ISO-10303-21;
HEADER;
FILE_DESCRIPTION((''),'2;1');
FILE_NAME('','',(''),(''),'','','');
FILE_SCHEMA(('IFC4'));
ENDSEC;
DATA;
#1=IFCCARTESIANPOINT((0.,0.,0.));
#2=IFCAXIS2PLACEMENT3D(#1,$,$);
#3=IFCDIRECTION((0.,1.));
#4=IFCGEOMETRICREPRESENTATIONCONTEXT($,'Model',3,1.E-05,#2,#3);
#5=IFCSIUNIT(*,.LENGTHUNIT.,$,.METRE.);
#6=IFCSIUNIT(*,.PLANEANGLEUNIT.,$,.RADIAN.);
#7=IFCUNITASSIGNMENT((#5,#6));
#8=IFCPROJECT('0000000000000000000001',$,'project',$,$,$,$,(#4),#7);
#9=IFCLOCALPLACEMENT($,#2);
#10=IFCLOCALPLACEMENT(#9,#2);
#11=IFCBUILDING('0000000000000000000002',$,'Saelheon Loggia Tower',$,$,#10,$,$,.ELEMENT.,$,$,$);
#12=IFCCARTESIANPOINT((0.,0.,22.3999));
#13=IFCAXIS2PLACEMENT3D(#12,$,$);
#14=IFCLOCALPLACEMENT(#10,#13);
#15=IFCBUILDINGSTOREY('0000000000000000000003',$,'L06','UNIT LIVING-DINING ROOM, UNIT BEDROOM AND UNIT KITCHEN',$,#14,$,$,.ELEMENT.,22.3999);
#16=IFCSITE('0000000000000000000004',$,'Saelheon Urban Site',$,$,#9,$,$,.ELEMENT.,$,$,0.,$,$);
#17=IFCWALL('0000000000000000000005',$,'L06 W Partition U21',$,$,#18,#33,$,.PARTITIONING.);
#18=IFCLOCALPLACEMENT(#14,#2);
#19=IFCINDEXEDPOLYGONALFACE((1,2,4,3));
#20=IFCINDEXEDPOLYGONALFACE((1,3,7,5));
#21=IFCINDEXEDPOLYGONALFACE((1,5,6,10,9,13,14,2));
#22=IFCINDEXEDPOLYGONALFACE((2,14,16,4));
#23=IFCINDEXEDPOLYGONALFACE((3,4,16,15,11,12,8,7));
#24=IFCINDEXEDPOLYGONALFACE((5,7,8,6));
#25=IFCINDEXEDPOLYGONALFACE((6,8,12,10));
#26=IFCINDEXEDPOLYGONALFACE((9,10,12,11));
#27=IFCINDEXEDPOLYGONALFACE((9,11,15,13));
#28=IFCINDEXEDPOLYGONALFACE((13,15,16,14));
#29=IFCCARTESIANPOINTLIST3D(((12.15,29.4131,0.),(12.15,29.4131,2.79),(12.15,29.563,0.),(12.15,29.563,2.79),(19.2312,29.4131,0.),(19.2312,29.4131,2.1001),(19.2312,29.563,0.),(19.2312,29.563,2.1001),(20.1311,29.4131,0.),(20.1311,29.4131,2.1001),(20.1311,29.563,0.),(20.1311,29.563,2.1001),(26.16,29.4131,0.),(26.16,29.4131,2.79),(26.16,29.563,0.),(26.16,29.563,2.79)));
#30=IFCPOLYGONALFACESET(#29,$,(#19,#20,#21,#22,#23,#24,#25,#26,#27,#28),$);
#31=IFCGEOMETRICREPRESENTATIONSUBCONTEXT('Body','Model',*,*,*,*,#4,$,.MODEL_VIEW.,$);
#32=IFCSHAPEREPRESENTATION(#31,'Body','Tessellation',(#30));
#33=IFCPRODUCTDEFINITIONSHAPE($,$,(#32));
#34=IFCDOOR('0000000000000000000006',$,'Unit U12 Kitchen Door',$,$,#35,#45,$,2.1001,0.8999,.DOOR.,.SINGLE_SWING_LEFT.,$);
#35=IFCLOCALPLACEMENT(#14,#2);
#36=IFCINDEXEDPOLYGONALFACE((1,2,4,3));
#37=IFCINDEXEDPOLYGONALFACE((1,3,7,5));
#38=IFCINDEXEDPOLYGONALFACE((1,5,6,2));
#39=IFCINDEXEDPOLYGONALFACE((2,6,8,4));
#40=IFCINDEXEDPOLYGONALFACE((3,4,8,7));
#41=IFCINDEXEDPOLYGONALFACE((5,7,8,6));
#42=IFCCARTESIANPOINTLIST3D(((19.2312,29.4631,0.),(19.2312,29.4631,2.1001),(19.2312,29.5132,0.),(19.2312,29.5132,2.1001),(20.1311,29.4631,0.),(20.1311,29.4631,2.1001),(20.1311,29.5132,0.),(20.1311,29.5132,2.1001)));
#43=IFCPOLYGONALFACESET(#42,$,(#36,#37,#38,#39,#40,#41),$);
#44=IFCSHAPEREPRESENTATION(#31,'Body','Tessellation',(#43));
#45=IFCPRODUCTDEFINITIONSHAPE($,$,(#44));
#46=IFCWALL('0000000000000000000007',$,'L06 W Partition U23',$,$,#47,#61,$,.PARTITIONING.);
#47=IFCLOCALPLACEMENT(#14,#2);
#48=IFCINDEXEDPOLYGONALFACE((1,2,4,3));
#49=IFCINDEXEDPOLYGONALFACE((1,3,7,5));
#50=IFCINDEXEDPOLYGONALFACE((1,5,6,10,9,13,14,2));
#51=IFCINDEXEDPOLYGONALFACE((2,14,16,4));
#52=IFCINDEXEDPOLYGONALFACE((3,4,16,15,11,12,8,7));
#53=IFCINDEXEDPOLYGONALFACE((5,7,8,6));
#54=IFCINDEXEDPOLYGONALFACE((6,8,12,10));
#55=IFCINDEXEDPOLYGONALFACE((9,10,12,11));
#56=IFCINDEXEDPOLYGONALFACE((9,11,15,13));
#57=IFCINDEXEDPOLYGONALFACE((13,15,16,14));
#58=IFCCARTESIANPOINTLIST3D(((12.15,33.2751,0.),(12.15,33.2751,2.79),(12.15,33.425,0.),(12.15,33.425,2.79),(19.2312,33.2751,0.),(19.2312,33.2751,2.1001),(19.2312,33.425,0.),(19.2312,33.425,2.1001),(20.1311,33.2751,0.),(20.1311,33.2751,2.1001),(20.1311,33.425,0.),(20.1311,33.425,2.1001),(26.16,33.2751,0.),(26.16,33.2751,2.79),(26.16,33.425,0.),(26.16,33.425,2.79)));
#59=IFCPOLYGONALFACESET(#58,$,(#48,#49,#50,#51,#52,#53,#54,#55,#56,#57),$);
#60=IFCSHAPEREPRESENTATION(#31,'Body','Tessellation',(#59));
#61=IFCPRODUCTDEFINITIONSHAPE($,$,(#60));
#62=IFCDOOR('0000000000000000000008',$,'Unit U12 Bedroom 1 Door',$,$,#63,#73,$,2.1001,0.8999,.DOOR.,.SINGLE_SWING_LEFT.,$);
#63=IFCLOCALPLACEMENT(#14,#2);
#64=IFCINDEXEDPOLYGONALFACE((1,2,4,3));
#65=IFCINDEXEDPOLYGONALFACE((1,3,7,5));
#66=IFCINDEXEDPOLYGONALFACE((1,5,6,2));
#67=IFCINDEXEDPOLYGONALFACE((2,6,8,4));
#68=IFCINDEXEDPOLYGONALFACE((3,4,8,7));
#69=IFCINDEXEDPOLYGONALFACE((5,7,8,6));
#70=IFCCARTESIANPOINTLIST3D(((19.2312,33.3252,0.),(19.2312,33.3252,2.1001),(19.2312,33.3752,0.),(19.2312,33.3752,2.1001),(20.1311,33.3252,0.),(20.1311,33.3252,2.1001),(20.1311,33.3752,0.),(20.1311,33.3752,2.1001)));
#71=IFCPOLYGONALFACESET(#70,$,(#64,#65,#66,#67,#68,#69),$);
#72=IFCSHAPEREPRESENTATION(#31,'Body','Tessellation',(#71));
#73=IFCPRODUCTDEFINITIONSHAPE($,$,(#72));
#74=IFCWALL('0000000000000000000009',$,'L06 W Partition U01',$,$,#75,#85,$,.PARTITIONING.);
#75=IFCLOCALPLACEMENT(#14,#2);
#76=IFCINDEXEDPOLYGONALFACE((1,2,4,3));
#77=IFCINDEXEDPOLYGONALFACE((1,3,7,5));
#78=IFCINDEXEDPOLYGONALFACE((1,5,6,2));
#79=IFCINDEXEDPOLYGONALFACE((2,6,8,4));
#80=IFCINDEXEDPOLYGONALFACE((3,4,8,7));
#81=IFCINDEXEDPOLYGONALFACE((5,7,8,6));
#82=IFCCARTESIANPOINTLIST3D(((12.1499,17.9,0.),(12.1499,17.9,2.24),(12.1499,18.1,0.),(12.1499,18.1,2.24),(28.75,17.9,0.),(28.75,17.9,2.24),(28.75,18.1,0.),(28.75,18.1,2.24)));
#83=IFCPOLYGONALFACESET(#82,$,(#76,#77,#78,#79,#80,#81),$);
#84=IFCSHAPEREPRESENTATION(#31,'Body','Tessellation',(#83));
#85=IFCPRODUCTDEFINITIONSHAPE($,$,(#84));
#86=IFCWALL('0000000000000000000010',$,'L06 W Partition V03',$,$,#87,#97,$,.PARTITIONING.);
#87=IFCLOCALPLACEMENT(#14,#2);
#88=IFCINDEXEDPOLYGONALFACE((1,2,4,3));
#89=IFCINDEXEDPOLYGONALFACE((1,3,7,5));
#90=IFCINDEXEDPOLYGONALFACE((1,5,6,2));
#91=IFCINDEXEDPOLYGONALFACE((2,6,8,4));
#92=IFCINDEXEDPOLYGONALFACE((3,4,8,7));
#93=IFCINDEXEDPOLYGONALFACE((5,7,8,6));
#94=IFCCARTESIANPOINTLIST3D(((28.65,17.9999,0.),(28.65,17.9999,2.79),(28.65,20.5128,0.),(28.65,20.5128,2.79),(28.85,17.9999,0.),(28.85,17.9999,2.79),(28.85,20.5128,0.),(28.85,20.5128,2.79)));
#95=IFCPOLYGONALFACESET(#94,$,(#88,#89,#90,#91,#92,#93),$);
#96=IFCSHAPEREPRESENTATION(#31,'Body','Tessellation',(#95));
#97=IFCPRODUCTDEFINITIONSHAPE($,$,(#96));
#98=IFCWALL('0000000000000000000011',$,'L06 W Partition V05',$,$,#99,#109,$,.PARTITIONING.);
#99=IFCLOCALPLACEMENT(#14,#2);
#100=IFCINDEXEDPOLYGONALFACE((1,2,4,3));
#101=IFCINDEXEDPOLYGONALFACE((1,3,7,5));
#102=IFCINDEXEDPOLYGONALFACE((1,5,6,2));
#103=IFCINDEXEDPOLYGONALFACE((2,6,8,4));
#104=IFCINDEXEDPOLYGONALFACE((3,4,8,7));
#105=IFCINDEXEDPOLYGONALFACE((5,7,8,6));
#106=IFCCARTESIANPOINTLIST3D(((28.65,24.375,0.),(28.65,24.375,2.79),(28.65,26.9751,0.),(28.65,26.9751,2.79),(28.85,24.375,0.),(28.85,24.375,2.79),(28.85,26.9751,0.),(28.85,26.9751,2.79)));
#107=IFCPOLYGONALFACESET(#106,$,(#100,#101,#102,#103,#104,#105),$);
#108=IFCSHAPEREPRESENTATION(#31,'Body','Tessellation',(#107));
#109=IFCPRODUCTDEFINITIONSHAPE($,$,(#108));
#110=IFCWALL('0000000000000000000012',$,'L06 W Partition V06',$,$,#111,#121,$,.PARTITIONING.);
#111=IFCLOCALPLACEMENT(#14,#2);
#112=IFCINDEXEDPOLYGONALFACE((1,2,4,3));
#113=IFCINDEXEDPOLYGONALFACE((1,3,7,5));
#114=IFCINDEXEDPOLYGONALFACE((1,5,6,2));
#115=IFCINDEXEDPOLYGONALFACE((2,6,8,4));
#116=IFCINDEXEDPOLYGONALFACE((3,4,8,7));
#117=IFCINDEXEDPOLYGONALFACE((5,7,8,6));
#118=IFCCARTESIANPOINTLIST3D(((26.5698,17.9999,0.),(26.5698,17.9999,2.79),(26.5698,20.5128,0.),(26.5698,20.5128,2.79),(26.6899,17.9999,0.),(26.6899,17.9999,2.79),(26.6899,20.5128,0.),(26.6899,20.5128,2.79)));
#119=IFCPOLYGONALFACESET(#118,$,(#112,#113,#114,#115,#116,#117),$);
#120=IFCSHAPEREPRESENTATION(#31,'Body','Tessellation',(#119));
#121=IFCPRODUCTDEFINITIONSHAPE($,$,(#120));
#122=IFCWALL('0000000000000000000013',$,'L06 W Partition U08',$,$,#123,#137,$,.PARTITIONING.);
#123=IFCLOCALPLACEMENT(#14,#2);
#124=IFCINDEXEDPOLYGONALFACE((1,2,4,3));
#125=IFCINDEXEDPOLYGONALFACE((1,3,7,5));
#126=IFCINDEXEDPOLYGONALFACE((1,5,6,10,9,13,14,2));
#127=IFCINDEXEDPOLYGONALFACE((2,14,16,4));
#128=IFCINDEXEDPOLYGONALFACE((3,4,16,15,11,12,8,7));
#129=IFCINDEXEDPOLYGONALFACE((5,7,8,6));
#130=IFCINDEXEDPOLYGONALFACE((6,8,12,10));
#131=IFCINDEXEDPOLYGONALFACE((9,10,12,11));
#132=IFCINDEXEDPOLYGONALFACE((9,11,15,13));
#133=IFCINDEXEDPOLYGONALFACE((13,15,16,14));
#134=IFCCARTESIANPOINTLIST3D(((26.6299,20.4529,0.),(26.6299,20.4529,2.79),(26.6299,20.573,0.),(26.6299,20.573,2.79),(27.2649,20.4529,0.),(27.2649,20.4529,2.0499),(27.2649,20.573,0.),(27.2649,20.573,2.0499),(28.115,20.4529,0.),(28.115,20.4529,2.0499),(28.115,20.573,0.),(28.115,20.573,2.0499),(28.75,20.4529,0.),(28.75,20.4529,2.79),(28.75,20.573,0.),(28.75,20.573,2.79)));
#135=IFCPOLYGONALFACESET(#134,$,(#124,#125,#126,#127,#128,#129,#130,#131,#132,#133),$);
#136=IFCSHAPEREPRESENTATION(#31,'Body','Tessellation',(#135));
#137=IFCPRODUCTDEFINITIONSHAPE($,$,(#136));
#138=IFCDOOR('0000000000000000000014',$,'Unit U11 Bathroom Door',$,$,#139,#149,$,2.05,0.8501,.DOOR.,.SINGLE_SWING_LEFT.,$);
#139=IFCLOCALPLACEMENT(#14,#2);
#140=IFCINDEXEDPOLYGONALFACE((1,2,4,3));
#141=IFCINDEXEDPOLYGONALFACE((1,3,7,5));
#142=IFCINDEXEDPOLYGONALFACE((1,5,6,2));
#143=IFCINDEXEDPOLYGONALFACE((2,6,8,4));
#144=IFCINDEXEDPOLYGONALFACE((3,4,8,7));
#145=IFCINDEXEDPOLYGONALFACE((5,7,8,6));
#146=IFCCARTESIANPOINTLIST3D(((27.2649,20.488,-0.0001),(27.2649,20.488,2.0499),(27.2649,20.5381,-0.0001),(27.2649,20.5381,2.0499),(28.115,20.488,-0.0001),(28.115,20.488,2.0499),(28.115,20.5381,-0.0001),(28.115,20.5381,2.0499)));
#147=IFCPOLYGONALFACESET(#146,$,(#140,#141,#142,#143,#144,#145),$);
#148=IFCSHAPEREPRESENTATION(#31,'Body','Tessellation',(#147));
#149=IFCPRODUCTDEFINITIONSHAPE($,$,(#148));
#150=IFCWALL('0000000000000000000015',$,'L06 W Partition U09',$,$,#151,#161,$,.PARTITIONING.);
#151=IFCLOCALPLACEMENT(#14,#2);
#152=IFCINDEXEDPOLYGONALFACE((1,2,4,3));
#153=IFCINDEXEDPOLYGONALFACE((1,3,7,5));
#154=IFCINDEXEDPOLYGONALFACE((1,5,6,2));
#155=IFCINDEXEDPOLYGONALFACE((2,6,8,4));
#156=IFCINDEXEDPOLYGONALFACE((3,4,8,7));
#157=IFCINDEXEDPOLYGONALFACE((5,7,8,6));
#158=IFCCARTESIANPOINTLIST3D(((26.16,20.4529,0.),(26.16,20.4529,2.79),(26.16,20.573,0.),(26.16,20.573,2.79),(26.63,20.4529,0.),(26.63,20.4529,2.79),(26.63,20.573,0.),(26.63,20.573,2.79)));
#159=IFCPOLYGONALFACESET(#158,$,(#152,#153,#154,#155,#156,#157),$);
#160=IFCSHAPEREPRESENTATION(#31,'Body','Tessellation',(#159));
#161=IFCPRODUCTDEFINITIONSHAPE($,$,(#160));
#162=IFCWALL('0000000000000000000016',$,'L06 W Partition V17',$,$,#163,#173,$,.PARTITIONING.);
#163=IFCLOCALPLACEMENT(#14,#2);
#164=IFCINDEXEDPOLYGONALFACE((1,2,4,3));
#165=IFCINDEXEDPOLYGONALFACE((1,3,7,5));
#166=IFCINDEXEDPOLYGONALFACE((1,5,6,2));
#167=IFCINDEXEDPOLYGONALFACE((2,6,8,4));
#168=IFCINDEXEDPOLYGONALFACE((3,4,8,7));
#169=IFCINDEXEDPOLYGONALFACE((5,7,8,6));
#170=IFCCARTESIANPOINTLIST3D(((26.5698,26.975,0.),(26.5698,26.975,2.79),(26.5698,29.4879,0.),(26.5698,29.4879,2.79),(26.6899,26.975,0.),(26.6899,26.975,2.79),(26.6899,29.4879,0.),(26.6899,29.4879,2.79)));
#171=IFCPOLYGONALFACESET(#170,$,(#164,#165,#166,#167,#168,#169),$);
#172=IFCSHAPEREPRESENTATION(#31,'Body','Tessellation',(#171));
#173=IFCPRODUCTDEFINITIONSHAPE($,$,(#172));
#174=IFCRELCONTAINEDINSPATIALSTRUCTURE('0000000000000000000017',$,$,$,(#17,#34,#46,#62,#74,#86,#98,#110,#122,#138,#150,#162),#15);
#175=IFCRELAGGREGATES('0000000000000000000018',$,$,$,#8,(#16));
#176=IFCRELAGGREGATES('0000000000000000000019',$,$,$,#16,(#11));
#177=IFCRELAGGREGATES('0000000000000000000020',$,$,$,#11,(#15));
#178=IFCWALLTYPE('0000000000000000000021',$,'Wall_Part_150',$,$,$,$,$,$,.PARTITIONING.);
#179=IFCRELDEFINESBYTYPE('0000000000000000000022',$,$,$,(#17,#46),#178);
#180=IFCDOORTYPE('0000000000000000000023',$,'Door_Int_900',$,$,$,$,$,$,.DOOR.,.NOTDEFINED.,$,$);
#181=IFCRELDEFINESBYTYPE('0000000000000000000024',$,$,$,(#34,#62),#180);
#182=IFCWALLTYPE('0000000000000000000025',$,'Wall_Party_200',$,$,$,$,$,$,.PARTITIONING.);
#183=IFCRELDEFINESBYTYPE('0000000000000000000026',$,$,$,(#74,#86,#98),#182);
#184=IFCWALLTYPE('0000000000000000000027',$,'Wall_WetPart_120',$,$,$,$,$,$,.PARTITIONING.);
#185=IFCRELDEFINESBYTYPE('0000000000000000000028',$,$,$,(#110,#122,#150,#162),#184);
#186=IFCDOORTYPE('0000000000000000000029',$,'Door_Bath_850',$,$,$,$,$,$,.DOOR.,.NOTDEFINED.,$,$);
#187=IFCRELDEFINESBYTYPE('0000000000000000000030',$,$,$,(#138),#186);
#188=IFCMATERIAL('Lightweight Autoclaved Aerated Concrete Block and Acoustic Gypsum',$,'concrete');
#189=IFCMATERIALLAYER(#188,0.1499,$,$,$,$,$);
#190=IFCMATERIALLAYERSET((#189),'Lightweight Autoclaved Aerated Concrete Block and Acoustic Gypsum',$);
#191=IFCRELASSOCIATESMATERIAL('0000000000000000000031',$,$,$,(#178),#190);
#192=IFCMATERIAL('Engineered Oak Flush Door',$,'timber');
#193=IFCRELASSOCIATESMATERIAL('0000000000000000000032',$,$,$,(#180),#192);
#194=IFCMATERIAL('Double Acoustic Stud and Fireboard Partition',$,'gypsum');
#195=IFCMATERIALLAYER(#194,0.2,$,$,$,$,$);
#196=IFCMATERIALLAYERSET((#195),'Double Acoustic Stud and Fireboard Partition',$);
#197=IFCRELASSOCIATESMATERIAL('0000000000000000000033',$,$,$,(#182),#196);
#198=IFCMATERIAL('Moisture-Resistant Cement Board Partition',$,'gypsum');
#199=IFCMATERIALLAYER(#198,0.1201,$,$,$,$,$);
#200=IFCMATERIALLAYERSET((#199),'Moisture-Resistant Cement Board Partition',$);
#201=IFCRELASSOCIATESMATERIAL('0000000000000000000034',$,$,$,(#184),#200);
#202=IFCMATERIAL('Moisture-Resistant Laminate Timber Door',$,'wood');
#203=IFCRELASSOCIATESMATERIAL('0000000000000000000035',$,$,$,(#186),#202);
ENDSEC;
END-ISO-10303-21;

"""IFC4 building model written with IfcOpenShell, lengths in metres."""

from ifc_helpers import new_model, si_unit, direction, frame, frame_2d, origin, place, context, subcontext, project, spatial, rectangle, extrude, source, transform, mapped, material, layer, layer_set, type_object, element, fill, save


model = new_model("IFC4")

# Units and contexts
model_context = context("Model", 3, precision=1e-05, world=origin(), true_north=direction((0.0, 1.0)))
body_context = subcontext(model_context, "Body", "Model", "MODEL_VIEW")
ifc_project = project(units=[si_unit("LENGTHUNIT", "METRE"), si_unit("PLANEANGLEUNIT", "RADIAN")], contexts=[model_context])

# Site, building, storey
site_placement = place(None, origin())
site = spatial("IfcSite", under=ifc_project, at=site_placement, Name="Saelheon Urban Site", CompositionType="ELEMENT", RefElevation=0.0)
building_placement = place(site_placement, origin())
building = spatial("IfcBuilding", under=site, at=building_placement, Name="Saelheon Loggia Tower", CompositionType="ELEMENT")
storey_placement = place(building_placement, frame((0.0, 0.0, 22.3999)))
storey = spatial("IfcBuildingStorey", under=building, at=storey_placement, Name="L06", Description="UNIT LIVING-DINING ROOM, UNIT BEDROOM AND UNIT KITCHEN", CompositionType="ELEMENT", Elevation=22.3999)

# Shared definitions
ifc_material_1 = material(Name="Lightweight Autoclaved Aerated Concrete Block and Acoustic Gypsum", Category="concrete")
ifc_layer_1 = layer(ifc_material_1, 0.1499)
ifc_layer_set_1 = layer_set([ifc_layer_1], Name="Lightweight Autoclaved Aerated Concrete Block and Acoustic Gypsum")
wall_type_1 = type_object("IfcWallType", Name="Wall_Part_150", PredefinedType="PARTITIONING", material=ifc_layer_set_1)

# Shared definitions
ifc_material_2 = material(Name="Engineered Oak Flush Door", Category="timber")
door_type_1 = type_object("IfcDoorType", Name="Door_Int_900", OperationType="NOTDEFINED", PredefinedType="DOOR", material=ifc_material_2)
shared_shape_1 = source(origin(), body_context, "Body", "SweptSolid", [
    extrude(rectangle(XDim=0.8999, YDim=2.1001, at=frame_2d((0.45, 1.05))), frame((0.0, 0.0249, 0.0), z_axis=(0.0, -1.0, 0.0), x_axis=(1.0, 0.0, 0.0)), (0.0, 0.0, 1.0), 0.05),
])

# Walls, openings, doors
wall_1_placement = place(storey_placement, frame((26.1599, 29.488, 0.0), z_axis=(0.0, 0.0, 1.0), x_axis=(-1.0, 0.0, 0.0)))
wall_1 = element("IfcWall", 1, at=wall_1_placement, inside=storey, type_object=wall_type_1, Name="L06 W Partition U21", PredefinedType="PARTITIONING", context=body_context, shape_type="SweptSolid", body=[
    extrude(rectangle(XDim=14.01, YDim=0.1499, at=frame_2d((7.0049, 0.0))), origin(), (0.0, 0.0, 1.0), 2.79),
])
opening_1_placement = place(wall_1_placement, frame((6.0288, 0.0, 0.0)))
opening_1 = element("IfcOpeningElement", 2, at=opening_1_placement, cuts=wall_1, PredefinedType="OPENING", context=body_context, shape_type="SweptSolid", body=[
    extrude(rectangle(XDim=0.8999, YDim=2.1001, at=frame_2d((0.45, 1.05))), frame((0.0, 0.0869, 0.0), z_axis=(0.0, -1.0, 0.0), x_axis=(1.0, 0.0, 0.0)), (0.0, 0.0, 1.0), 0.1738),
])
door_1_placement = place(opening_1_placement, origin())
door_1 = element("IfcDoor", 3, at=door_1_placement, inside=storey, type_object=door_type_1, Name="Unit U12 Kitchen Door", OperationType="SINGLE_SWING_LEFT", OverallHeight=2.1001, OverallWidth=0.8999, PredefinedType="DOOR", context=body_context, shape_type="MappedRepresentation", body=[
    mapped(shared_shape_1, transform((0.0, 0.0, 0.0), scale=1.0)),
])
fill(opening_1, door_1)
wall_2_placement = place(storey_placement, frame((26.1599, 33.3501, 0.0), z_axis=(0.0, 0.0, 1.0), x_axis=(-1.0, 0.0, 0.0)))
wall_2 = element("IfcWall", 4, at=wall_2_placement, inside=storey, type_object=wall_type_1, Name="L06 W Partition U23", PredefinedType="PARTITIONING", context=body_context, shape_type="SweptSolid", body=[
    extrude(rectangle(XDim=14.01, YDim=0.1499, at=frame_2d((7.0049, 0.0))), origin(), (0.0, 0.0, 1.0), 2.79),
])
opening_2_placement = place(wall_2_placement, frame((6.0288, 0.0, 0.0)))
opening_2 = element("IfcOpeningElement", 5, at=opening_2_placement, cuts=wall_2, PredefinedType="OPENING", context=body_context, shape_type="SweptSolid", body=[
    extrude(rectangle(XDim=0.8999, YDim=2.1001, at=frame_2d((0.45, 1.05))), frame((0.0, 0.0869, 0.0), z_axis=(0.0, -1.0, 0.0), x_axis=(1.0, 0.0, 0.0)), (0.0, 0.0, 1.0), 0.1738),
])
door_2_placement = place(opening_2_placement, origin())
door_2 = element("IfcDoor", 6, at=door_2_placement, inside=storey, type_object=door_type_1, Name="Unit U12 Bedroom 1 Door", OperationType="SINGLE_SWING_LEFT", OverallHeight=2.1001, OverallWidth=0.8999, PredefinedType="DOOR", context=body_context, shape_type="MappedRepresentation", body=[
    mapped(shared_shape_1, transform((0.0, 0.0, 0.0), scale=1.0)),
])
fill(opening_2, door_2)

# Walls
ifc_material_3 = material(Name="Double Acoustic Stud and Fireboard Partition", Category="gypsum")
ifc_layer_2 = layer(ifc_material_3, 0.2)
ifc_layer_set_2 = layer_set([ifc_layer_2], Name="Double Acoustic Stud and Fireboard Partition")
wall_type_2 = type_object("IfcWallType", Name="Wall_Party_200", PredefinedType="PARTITIONING", material=ifc_layer_set_2)
wall_3_placement = place(storey_placement, frame((28.75, 18.0, 0.0), z_axis=(0.0, 0.0, 1.0), x_axis=(-1.0, 0.0, 0.0)))
element("IfcWall", 7, at=wall_3_placement, inside=storey, type_object=wall_type_2, Name="L06 W Partition U01", PredefinedType="PARTITIONING", context=body_context, shape_type="SweptSolid", body=[
    extrude(rectangle(XDim=16.6001, YDim=0.2, at=frame_2d((8.3, 0.0))), origin(), (0.0, 0.0, 1.0), 2.24),
])
wall_4_placement = place(storey_placement, frame((28.75, 18.0, 0.0), z_axis=(0.0, 0.0, 1.0), x_axis=(0.0, 1.0, 0.0)))
element("IfcWall", 8, at=wall_4_placement, inside=storey, type_object=wall_type_2, Name="L06 W Partition V03", PredefinedType="PARTITIONING", context=body_context, shape_type="SweptSolid", body=[
    extrude(rectangle(XDim=2.5129, YDim=0.2, at=frame_2d((1.2563, 0.0))), origin(), (0.0, 0.0, 1.0), 2.79),
])

# Walls
wall_5_placement = place(storey_placement, frame((28.75, 24.375, 0.0), z_axis=(0.0, 0.0, 1.0), x_axis=(0.0, 1.0, 0.0)))
element("IfcWall", 9, at=wall_5_placement, inside=storey, type_object=wall_type_2, Name="L06 W Partition V05", PredefinedType="PARTITIONING", context=body_context, shape_type="SweptSolid", body=[
    extrude(rectangle(XDim=2.6001, YDim=0.2, at=frame_2d((1.3, 0.0))), origin(), (0.0, 0.0, 1.0), 2.79),
])
ifc_material_4 = material(Name="Moisture-Resistant Cement Board Partition", Category="gypsum")
ifc_layer_3 = layer(ifc_material_4, 0.1201)
ifc_layer_set_3 = layer_set([ifc_layer_3], Name="Moisture-Resistant Cement Board Partition")
wall_type_3 = type_object("IfcWallType", Name="Wall_WetPart_120", PredefinedType="PARTITIONING", material=ifc_layer_set_3)
wall_6_placement = place(storey_placement, frame((26.6299, 18.0, 0.0), z_axis=(0.0, 0.0, 1.0), x_axis=(0.0, 1.0, 0.0)))
element("IfcWall", 10, at=wall_6_placement, inside=storey, type_object=wall_type_3, Name="L06 W Partition V06", PredefinedType="PARTITIONING", context=body_context, shape_type="SweptSolid", body=[
    extrude(rectangle(XDim=2.5129, YDim=0.1201, at=frame_2d((1.2563, 0.0))), origin(), (0.0, 0.0, 1.0), 2.79),
])

# Wall, opening, door
wall_7_placement = place(storey_placement, frame((28.75, 20.5129, 0.0), z_axis=(0.0, 0.0, 1.0), x_axis=(-1.0, 0.0, 0.0)))
wall_7 = element("IfcWall", 11, at=wall_7_placement, inside=storey, type_object=wall_type_3, Name="L06 W Partition U08", PredefinedType="PARTITIONING", context=body_context, shape_type="SweptSolid", body=[
    extrude(rectangle(XDim=2.1201, YDim=0.1201, at=frame_2d((1.0601, 0.0))), origin(), (0.0, 0.0, 1.0), 2.79),
])
opening_3_placement = place(wall_7_placement, frame((0.635, 0.0, 0.0)))
opening_3 = element("IfcOpeningElement", 12, at=opening_3_placement, cuts=wall_7, PredefinedType="OPENING", context=body_context, shape_type="SweptSolid", body=[
    extrude(rectangle(XDim=0.8501, YDim=2.05, at=frame_2d((0.425, 1.0249))), frame((0.0, 0.072, 0.0), z_axis=(0.0, -1.0, 0.0), x_axis=(1.0, 0.0, 0.0)), (0.0, 0.0, 1.0), 0.144),
])
ifc_material_5 = material(Name="Moisture-Resistant Laminate Timber Door", Category="wood")
door_type_2 = type_object("IfcDoorType", Name="Door_Bath_850", OperationType="NOTDEFINED", PredefinedType="DOOR", material=ifc_material_5)
shared_shape_2 = source(origin(), body_context, "Body", "SweptSolid", [
    extrude(rectangle(XDim=0.8501, YDim=2.05, at=frame_2d((0.425, 1.0249))), frame((0.0, 0.0249, 0.0), z_axis=(0.0, -1.0, 0.0), x_axis=(1.0, 0.0, 0.0)), (0.0, 0.0, 1.0), 0.05),
])
door_3_placement = place(opening_3_placement, origin())
door_3 = element("IfcDoor", 13, at=door_3_placement, inside=storey, type_object=door_type_2, Name="Unit U11 Bathroom Door", OperationType="SINGLE_SWING_LEFT", OverallHeight=2.05, OverallWidth=0.8501, PredefinedType="DOOR", context=body_context, shape_type="MappedRepresentation", body=[
    mapped(shared_shape_2, transform((0.0, 0.0, 0.0), scale=1.0)),
])
fill(opening_3, door_3)

# Walls
wall_8_placement = place(storey_placement, frame((26.6299, 20.5129, 0.0), z_axis=(0.0, 0.0, 1.0), x_axis=(-1.0, 0.0, 0.0)))
element("IfcWall", 14, at=wall_8_placement, inside=storey, type_object=wall_type_3, Name="L06 W Partition U09", PredefinedType="PARTITIONING", context=body_context, shape_type="SweptSolid", body=[
    extrude(rectangle(XDim=0.47, YDim=0.1201, at=frame_2d((0.2349, 0.0))), origin(), (0.0, 0.0, 1.0), 2.79),
])
wall_9_placement = place(storey_placement, frame((26.6299, 26.9751, 0.0), z_axis=(0.0, 0.0, 1.0), x_axis=(0.0, 1.0, 0.0)))
element("IfcWall", 15, at=wall_9_placement, inside=storey, type_object=wall_type_3, Name="L06 W Partition V17", PredefinedType="PARTITIONING", context=body_context, shape_type="SweptSolid", body=[
    extrude(rectangle(XDim=2.5129, YDim=0.1201, at=frame_2d((1.2563, 0.0))), origin(), (0.0, 0.0, 1.0), 2.79),
])

save(model, "model.ifc")
